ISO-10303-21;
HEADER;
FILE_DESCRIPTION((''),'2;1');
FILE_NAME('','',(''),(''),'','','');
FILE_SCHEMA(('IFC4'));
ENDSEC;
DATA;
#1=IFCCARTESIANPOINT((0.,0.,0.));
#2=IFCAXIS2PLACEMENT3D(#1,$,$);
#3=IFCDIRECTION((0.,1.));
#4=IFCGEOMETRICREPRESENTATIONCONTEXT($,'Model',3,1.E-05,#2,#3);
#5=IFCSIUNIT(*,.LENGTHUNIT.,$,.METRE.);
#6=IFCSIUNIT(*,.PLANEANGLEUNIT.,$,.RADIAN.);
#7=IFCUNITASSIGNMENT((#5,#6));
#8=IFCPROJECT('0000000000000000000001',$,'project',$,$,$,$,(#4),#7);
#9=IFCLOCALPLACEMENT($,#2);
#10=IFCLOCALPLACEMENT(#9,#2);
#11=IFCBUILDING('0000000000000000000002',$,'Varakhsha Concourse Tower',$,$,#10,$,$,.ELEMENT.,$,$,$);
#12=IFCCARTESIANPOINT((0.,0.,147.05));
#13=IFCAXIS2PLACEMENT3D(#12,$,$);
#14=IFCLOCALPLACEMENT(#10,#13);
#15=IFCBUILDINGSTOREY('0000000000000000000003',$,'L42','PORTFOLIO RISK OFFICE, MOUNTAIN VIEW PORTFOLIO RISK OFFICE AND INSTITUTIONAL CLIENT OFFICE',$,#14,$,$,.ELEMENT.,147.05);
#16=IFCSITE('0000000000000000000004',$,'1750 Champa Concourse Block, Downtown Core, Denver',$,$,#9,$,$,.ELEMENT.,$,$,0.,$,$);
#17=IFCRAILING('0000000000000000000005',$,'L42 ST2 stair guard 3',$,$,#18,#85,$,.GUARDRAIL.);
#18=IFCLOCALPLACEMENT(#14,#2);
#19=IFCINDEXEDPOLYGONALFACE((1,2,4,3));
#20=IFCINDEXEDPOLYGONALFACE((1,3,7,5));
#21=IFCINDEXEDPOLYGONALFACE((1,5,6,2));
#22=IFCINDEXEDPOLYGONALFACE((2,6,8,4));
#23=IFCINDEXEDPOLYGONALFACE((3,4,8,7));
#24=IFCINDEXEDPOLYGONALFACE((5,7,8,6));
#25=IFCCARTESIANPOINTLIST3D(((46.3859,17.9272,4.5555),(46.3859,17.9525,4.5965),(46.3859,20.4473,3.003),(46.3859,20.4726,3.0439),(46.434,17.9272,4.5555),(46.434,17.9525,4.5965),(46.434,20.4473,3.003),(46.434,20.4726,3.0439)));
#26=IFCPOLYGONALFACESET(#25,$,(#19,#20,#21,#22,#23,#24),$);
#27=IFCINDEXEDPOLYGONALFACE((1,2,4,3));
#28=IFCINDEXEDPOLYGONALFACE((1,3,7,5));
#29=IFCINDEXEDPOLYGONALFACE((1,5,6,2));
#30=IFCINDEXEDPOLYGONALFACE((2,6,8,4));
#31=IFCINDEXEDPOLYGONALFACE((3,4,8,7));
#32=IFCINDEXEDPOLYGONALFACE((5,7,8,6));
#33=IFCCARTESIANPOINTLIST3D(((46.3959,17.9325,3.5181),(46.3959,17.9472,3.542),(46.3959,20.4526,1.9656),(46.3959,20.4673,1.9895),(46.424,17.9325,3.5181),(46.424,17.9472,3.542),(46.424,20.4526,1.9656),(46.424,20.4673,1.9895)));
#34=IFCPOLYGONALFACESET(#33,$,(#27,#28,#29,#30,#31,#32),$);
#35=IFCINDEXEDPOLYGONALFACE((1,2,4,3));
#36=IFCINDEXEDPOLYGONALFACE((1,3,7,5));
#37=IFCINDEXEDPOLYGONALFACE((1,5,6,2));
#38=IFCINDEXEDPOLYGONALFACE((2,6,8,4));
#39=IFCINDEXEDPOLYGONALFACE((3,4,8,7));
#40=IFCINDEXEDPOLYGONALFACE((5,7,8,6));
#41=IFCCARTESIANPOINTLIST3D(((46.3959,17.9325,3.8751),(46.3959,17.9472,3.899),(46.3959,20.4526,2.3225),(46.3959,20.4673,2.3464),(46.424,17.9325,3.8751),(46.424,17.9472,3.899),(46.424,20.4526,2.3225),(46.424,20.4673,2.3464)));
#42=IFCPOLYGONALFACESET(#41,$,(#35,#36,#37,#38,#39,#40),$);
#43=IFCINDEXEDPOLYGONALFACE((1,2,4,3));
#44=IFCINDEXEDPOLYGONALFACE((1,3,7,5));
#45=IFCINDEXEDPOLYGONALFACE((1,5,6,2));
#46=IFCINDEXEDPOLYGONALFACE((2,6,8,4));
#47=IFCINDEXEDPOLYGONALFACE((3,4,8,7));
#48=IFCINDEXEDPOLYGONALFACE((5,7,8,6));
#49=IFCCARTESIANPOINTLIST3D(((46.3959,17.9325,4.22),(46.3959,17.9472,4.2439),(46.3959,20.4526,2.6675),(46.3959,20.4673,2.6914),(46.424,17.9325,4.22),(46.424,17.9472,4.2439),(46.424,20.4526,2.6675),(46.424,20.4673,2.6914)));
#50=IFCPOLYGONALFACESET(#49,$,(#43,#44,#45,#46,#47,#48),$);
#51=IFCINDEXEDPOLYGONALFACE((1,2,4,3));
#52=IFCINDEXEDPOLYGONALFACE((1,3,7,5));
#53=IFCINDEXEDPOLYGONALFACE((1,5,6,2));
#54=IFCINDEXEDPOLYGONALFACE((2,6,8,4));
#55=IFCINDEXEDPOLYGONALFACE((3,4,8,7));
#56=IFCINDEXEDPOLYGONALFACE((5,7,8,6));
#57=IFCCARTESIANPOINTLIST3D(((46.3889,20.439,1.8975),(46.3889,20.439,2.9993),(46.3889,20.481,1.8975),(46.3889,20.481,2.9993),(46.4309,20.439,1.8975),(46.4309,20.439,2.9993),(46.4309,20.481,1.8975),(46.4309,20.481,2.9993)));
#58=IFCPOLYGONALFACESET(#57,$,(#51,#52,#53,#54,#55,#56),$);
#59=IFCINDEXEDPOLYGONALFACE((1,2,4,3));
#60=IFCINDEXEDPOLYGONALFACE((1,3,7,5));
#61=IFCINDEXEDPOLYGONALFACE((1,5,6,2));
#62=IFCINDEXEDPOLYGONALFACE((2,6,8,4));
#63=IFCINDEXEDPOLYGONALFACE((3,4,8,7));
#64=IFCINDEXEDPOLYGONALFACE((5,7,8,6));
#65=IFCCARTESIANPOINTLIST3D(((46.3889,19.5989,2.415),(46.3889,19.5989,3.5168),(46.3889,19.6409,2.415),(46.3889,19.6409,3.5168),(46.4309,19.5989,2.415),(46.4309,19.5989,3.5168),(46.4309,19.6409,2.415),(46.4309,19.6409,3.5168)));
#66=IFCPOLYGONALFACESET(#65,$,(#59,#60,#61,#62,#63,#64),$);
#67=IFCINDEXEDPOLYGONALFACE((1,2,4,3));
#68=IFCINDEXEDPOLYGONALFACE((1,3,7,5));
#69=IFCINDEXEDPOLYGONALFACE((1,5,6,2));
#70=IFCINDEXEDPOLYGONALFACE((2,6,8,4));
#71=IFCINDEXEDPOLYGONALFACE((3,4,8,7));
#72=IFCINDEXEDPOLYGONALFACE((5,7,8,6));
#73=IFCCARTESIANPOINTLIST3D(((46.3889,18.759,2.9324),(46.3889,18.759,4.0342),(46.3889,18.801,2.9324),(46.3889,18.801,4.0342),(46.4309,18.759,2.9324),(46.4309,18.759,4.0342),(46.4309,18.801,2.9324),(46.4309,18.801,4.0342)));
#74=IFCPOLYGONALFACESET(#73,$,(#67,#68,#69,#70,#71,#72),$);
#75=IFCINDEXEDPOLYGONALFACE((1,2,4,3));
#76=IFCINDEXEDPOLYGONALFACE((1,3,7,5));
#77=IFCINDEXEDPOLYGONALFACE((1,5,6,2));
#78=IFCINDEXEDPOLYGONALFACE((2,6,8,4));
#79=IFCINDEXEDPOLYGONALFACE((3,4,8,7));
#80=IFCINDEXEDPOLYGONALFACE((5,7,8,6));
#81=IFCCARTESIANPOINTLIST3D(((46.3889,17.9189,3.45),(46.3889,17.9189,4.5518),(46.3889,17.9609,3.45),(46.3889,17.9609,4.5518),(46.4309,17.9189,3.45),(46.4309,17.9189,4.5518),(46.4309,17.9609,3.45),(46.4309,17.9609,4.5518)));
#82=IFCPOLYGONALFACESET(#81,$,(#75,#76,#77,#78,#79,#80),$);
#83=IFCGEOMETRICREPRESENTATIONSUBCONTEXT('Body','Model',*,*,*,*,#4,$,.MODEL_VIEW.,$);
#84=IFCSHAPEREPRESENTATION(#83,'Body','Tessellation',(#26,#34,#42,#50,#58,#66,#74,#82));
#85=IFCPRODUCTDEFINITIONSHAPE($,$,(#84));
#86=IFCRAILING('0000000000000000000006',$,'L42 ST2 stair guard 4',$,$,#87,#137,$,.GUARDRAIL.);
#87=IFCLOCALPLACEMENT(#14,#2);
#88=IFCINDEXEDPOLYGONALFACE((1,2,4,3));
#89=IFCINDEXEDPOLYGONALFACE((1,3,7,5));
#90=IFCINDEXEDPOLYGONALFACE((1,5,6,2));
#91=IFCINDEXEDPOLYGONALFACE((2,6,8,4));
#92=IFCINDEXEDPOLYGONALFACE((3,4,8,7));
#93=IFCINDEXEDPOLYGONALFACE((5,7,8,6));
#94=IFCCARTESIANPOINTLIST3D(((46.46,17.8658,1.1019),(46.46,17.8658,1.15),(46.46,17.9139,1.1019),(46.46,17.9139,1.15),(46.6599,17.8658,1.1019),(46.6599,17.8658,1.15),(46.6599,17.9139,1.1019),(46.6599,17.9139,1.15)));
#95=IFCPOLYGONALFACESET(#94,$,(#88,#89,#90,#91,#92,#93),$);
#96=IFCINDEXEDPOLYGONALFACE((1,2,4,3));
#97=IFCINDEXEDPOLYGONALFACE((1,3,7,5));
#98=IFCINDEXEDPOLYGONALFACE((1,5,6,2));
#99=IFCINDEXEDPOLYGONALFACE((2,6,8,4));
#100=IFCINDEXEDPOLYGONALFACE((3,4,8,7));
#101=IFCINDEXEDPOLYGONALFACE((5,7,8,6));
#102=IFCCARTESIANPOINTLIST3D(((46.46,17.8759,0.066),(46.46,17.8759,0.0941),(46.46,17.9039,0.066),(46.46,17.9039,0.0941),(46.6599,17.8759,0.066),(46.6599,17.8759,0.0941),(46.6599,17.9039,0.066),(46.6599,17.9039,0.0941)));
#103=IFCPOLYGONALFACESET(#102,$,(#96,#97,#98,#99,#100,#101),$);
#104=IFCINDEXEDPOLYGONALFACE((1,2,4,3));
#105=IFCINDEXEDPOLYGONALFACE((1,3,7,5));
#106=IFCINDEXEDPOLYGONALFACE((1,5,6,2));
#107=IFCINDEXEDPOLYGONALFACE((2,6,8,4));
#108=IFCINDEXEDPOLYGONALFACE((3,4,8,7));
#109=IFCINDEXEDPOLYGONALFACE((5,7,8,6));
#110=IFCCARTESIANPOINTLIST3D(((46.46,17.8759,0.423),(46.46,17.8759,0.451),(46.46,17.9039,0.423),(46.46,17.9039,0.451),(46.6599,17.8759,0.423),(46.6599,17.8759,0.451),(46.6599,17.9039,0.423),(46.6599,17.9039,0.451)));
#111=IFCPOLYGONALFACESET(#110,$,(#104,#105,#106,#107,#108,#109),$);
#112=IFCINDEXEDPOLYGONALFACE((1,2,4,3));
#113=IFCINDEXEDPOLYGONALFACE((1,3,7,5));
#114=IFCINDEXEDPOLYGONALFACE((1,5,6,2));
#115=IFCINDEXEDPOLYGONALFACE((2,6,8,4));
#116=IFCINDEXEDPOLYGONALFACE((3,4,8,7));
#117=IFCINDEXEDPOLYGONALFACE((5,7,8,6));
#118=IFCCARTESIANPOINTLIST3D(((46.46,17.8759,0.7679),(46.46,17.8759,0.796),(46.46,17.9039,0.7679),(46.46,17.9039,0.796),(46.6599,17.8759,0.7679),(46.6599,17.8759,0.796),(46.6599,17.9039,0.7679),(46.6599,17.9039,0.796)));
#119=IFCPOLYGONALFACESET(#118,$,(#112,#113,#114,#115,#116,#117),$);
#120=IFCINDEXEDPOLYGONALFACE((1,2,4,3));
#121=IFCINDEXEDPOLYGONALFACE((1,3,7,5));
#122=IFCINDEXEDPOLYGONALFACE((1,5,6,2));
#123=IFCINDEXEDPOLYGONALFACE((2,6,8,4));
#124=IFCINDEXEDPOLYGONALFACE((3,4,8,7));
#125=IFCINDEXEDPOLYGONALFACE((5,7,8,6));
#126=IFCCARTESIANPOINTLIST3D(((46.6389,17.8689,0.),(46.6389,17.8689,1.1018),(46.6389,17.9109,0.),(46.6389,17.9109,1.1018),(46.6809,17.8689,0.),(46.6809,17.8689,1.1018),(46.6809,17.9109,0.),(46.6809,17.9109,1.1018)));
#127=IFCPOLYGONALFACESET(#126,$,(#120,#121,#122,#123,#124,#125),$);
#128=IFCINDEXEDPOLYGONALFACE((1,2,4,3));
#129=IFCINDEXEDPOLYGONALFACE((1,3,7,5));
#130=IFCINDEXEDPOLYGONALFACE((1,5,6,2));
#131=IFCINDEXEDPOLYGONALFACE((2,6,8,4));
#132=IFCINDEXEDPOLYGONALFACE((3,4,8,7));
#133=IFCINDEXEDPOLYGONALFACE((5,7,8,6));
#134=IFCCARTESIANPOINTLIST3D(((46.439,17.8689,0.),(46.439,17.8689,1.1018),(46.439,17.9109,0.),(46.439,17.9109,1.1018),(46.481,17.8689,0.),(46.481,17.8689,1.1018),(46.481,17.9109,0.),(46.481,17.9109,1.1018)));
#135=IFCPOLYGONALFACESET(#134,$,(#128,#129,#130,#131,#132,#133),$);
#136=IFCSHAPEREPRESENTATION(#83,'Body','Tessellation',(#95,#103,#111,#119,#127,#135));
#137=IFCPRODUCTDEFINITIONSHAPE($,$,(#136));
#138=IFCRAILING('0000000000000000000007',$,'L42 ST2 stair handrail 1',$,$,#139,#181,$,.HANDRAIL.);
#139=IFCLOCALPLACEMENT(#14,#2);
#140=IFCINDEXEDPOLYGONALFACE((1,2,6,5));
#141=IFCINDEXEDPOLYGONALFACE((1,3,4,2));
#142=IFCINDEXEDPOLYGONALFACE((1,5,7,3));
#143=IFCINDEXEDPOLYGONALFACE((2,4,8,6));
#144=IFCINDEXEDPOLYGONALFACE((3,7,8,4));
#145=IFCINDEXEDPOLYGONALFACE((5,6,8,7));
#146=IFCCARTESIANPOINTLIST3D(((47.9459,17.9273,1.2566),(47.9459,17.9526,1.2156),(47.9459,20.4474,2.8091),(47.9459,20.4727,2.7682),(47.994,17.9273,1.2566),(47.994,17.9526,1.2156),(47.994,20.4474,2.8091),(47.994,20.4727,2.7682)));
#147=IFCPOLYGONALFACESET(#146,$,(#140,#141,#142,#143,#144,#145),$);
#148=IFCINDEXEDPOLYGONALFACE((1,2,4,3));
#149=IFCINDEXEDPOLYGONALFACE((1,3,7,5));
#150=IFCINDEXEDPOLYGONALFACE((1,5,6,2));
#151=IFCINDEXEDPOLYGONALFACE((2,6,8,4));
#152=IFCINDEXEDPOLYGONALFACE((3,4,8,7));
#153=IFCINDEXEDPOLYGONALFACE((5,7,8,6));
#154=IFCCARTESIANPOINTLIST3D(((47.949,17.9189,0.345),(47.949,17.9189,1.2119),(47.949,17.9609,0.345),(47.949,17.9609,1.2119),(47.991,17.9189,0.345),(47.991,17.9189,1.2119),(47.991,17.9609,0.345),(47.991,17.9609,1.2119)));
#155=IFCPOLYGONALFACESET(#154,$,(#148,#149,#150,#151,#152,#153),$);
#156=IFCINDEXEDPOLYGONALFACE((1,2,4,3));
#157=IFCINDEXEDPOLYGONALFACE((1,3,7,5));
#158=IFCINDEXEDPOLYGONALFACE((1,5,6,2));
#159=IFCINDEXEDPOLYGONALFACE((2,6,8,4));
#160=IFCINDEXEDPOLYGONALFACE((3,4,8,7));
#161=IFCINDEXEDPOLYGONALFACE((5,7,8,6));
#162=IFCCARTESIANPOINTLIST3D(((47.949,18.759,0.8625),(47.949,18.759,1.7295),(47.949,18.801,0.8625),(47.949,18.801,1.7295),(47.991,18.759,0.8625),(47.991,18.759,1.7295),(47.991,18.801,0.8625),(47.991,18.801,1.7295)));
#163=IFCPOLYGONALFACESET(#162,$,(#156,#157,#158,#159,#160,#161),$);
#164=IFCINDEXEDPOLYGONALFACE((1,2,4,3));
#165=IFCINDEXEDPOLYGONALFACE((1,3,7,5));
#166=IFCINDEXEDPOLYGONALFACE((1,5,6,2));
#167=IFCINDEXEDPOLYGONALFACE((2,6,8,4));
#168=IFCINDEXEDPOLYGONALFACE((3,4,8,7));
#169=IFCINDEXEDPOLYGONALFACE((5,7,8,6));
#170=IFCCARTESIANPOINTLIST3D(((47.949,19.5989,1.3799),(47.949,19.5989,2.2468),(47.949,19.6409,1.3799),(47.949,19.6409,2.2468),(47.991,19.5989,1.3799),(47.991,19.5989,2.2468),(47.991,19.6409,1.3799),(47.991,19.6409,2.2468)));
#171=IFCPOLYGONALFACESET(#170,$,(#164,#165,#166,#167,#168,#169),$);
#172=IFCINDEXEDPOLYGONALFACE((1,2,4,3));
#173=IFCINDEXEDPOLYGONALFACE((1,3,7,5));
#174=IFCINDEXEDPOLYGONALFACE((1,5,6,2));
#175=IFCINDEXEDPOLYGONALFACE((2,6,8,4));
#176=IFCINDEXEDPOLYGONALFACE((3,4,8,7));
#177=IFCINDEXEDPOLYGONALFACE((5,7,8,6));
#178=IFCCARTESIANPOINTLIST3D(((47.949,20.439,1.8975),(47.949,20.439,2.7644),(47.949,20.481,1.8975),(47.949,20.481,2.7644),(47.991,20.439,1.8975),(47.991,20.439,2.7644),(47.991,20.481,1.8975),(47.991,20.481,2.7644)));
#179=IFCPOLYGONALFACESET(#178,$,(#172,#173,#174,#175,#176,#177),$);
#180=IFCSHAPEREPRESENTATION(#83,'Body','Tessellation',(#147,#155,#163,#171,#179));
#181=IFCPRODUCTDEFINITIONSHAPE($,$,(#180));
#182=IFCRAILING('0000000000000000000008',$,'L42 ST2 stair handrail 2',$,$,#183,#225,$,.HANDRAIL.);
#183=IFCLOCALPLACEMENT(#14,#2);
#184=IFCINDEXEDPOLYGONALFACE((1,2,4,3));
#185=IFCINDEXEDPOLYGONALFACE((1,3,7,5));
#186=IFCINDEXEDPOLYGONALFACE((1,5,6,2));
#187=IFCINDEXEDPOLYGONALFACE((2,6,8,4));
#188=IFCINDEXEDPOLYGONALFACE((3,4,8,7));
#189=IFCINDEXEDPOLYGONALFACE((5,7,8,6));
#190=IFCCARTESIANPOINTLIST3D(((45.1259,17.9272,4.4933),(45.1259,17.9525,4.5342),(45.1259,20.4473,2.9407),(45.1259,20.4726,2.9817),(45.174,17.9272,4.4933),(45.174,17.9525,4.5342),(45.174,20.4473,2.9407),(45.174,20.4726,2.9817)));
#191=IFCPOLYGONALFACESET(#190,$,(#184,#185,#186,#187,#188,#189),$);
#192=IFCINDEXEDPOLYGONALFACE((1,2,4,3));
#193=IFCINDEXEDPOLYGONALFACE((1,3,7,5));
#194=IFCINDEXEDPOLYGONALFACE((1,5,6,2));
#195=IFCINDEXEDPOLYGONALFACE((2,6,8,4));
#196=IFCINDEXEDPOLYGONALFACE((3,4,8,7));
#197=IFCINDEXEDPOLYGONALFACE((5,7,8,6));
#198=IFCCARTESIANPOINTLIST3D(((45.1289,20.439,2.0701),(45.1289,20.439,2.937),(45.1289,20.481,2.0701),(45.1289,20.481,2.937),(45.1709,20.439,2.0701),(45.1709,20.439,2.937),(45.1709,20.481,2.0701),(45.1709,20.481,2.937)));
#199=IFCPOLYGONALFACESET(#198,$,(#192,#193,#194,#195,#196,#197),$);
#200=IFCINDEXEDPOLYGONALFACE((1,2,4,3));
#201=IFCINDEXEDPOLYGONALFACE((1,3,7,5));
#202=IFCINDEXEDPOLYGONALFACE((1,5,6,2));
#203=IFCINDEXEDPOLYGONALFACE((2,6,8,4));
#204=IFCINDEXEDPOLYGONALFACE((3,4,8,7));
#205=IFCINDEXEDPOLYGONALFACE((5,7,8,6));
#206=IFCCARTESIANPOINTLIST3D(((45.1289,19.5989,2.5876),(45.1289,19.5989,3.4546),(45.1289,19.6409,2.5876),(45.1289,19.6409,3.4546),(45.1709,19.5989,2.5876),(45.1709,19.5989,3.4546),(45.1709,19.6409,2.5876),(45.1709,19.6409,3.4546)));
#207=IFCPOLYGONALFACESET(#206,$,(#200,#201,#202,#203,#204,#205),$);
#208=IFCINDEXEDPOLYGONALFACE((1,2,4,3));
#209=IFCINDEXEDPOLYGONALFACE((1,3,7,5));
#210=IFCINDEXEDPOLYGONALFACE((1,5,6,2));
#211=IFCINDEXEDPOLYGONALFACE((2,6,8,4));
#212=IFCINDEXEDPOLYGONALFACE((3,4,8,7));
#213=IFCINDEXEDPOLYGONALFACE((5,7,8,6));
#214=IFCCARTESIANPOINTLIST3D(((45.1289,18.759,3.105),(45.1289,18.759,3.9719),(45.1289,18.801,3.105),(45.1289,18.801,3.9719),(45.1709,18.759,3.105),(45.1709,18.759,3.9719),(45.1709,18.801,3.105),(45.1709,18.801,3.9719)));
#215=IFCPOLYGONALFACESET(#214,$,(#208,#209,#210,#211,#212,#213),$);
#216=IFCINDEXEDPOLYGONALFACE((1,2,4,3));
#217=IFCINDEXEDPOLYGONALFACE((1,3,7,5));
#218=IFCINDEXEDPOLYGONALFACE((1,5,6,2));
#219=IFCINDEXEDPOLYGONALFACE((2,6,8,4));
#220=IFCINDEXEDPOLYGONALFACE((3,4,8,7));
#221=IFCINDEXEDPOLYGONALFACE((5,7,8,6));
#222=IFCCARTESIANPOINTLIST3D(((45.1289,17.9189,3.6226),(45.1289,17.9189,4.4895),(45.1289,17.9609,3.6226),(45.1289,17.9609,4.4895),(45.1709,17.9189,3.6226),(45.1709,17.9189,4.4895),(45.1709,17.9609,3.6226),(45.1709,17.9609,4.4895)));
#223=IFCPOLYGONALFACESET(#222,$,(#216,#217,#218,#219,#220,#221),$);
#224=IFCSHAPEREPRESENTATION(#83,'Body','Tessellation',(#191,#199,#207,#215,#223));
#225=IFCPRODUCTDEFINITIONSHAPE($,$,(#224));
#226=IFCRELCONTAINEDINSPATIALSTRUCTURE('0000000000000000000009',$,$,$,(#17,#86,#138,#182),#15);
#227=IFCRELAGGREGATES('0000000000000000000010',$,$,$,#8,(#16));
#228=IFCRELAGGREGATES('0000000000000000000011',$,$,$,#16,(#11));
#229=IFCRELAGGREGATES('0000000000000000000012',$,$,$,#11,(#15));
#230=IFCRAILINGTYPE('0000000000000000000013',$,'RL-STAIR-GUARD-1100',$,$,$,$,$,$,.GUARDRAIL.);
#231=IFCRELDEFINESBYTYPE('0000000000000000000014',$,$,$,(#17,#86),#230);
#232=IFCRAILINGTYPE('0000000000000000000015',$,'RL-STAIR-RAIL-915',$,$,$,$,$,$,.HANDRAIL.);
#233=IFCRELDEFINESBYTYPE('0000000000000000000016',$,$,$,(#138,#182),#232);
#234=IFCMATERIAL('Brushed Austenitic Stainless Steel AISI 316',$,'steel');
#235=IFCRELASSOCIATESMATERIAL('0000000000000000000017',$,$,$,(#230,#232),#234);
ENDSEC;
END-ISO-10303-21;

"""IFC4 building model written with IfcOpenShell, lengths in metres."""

from ifc_helpers import new_model, si_unit, direction, frame, origin, origin_2d, place, context, subcontext, project, spatial, rectangle, extrude, material, type_object, element, save


model = new_model("IFC4")

# Units and contexts
model_context = context("Model", 3, precision=1e-05, world=origin(), true_north=direction((0.0, 1.0)))
body_context = subcontext(model_context, "Body", "Model", "MODEL_VIEW")
ifc_project = project(units=[si_unit("LENGTHUNIT", "METRE"), si_unit("PLANEANGLEUNIT", "RADIAN")], contexts=[model_context])

# Site, building, storey
site_placement = place(None, origin())
site = spatial("IfcSite", under=ifc_project, at=site_placement, Name="1750 Champa Concourse Block, Downtown Core, Denver", CompositionType="ELEMENT", RefElevation=0.0)
building_placement = place(site_placement, origin())
building = spatial("IfcBuilding", under=site, at=building_placement, Name="Varakhsha Concourse Tower", CompositionType="ELEMENT")
storey_placement = place(building_placement, frame((0.0, 0.0, 147.05)))
storey = spatial("IfcBuildingStorey", under=building, at=storey_placement, Name="L42", Description="PORTFOLIO RISK OFFICE, MOUNTAIN VIEW PORTFOLIO RISK OFFICE AND INSTITUTIONAL CLIENT OFFICE", CompositionType="ELEMENT", Elevation=147.05)

# Railings
ifc_material_1 = material(Name="Brushed Austenitic Stainless Steel AISI 316", Category="steel")
railing_type_1 = type_object("IfcRailingType", Name="RL-STAIR-GUARD-1100", PredefinedType="GUARDRAIL", material=ifc_material_1)
railing_1_placement = place(storey_placement, frame((46.4099, 20.46, 1.8975)))
element("IfcRailing", 1, at=railing_1_placement, inside=storey, type_object=railing_type_1, Name="L42 ST2 stair guard 3", PredefinedType="GUARDRAIL", context=body_context, shape_type="SweptSolid", body=[
    extrude(rectangle(XDim=0.0481, YDim=0.0481, at=origin_2d()), frame((0.0, 0.0, 1.126), z_axis=(0.0, -0.8514, 0.524516), x_axis=(1.0, 0.0, 0.0)), (0.0, 0.0, 1.0), 2.96),
    extrude(rectangle(XDim=0.0281, YDim=0.0281, at=origin_2d()), frame((0.0, 0.0, 0.0801), z_axis=(0.0, -0.8514, 0.524516), x_axis=(1.0, 0.0, 0.0)), (0.0, 0.0, 1.0), 2.96),
    extrude(rectangle(XDim=0.0281, YDim=0.0281, at=origin_2d()), frame((0.0, 0.0, 0.437), z_axis=(0.0, -0.8514, 0.524516), x_axis=(1.0, 0.0, 0.0)), (0.0, 0.0, 1.0), 2.96),
    extrude(rectangle(XDim=0.0281, YDim=0.0281, at=origin_2d()), frame((0.0, 0.0, 0.782), z_axis=(0.0, -0.8514, 0.524516), x_axis=(1.0, 0.0, 0.0)), (0.0, 0.0, 1.0), 2.96),
    extrude(rectangle(XDim=0.042, YDim=0.042, at=origin_2d()), origin(), (0.0, 0.0, 1.0), 1.1018),
    extrude(rectangle(XDim=0.042, YDim=0.042, at=origin_2d()), frame((0.0, -0.8401, 0.5176)), (0.0, 0.0, 1.0), 1.1018),
    extrude(rectangle(XDim=0.042, YDim=0.042, at=origin_2d()), frame((0.0, -1.6799, 1.0349)), (0.0, 0.0, 1.0), 1.1018),
    extrude(rectangle(XDim=0.042, YDim=0.042, at=origin_2d()), frame((0.0, -2.52, 1.5525)), (0.0, 0.0, 1.0), 1.1018),
])
railing_2_placement = place(storey_placement, frame((46.6599, 17.8899, 0.0)))
element("IfcRailing", 2, at=railing_2_placement, inside=storey, type_object=railing_type_1, Name="L42 ST2 stair guard 4", PredefinedType="GUARDRAIL", context=body_context, shape_type="SweptSolid", body=[
    extrude(rectangle(XDim=0.0481, YDim=0.0481, at=origin_2d()), frame((0.0, 0.0, 1.126), z_axis=(-1.0, 0.0, 0.0), x_axis=(0.0, -1.0, 0.0)), (0.0, 0.0, 1.0), 0.2),
    extrude(rectangle(XDim=0.0281, YDim=0.0281, at=origin_2d()), frame((0.0, 0.0, 0.0801), z_axis=(-1.0, 0.0, 0.0), x_axis=(0.0, -1.0, 0.0)), (0.0, 0.0, 1.0), 0.2),
    extrude(rectangle(XDim=0.0281, YDim=0.0281, at=origin_2d()), frame((0.0, 0.0, 0.437), z_axis=(-1.0, 0.0, 0.0), x_axis=(0.0, -1.0, 0.0)), (0.0, 0.0, 1.0), 0.2),
    extrude(rectangle(XDim=0.0281, YDim=0.0281, at=origin_2d()), frame((0.0, 0.0, 0.782), z_axis=(-1.0, 0.0, 0.0), x_axis=(0.0, -1.0, 0.0)), (0.0, 0.0, 1.0), 0.2),
    extrude(rectangle(XDim=0.042, YDim=0.042, at=origin_2d()), origin(), (0.0, 0.0, 1.0), 1.1018),
    extrude(rectangle(XDim=0.042, YDim=0.042, at=origin_2d()), frame((-0.2, 0.0, 0.0)), (0.0, 0.0, 1.0), 1.1018),
])
railing_type_2 = type_object("IfcRailingType", Name="RL-STAIR-RAIL-915", PredefinedType="HANDRAIL", material=ifc_material_1)
railing_3_placement = place(storey_placement, frame((47.97, 17.9399, 0.345)))
element("IfcRailing", 3, at=railing_3_placement, inside=storey, type_object=railing_type_2, Name="L42 ST2 stair handrail 1", PredefinedType="HANDRAIL", context=body_context, shape_type="SweptSolid", body=[
    extrude(rectangle(XDim=0.0481, YDim=0.0481, at=origin_2d()), frame((0.0, 0.0, 0.8911), z_axis=(0.0, 0.8514, 0.524516), x_axis=(-1.0, 0.0, 0.0)), (0.0, 0.0, 1.0), 2.96),
    extrude(rectangle(XDim=0.042, YDim=0.042, at=origin_2d()), origin(), (0.0, 0.0, 1.0), 0.8669),
    extrude(rectangle(XDim=0.042, YDim=0.042, at=origin_2d()), frame((0.0, 0.8401, 0.5176)), (0.0, 0.0, 1.0), 0.8669),
    extrude(rectangle(XDim=0.042, YDim=0.042, at=origin_2d()), frame((0.0, 1.6799, 1.0349)), (0.0, 0.0, 1.0), 0.8669),
    extrude(rectangle(XDim=0.042, YDim=0.042, at=origin_2d()), frame((0.0, 2.52, 1.5525)), (0.0, 0.0, 1.0), 0.8669),
])
railing_4_placement = place(storey_placement, frame((45.1499, 20.46, 2.0701)))
element("IfcRailing", 4, at=railing_4_placement, inside=storey, type_object=railing_type_2, Name="L42 ST2 stair handrail 2", PredefinedType="HANDRAIL", context=body_context, shape_type="SweptSolid", body=[
    extrude(rectangle(XDim=0.0481, YDim=0.0481, at=origin_2d()), frame((0.0, 0.0, 0.8911), z_axis=(0.0, -0.8514, 0.524516), x_axis=(1.0, 0.0, 0.0)), (0.0, 0.0, 1.0), 2.96),
    extrude(rectangle(XDim=0.042, YDim=0.042, at=origin_2d()), origin(), (0.0, 0.0, 1.0), 0.8669),
    extrude(rectangle(XDim=0.042, YDim=0.042, at=origin_2d()), frame((0.0, -0.8401, 0.5176)), (0.0, 0.0, 1.0), 0.8669),
    extrude(rectangle(XDim=0.042, YDim=0.042, at=origin_2d()), frame((0.0, -1.6799, 1.0349)), (0.0, 0.0, 1.0), 0.8669),
    extrude(rectangle(XDim=0.042, YDim=0.042, at=origin_2d()), frame((0.0, -2.52, 1.5525)), (0.0, 0.0, 1.0), 0.8669),
])

save(model, "model.ifc")
